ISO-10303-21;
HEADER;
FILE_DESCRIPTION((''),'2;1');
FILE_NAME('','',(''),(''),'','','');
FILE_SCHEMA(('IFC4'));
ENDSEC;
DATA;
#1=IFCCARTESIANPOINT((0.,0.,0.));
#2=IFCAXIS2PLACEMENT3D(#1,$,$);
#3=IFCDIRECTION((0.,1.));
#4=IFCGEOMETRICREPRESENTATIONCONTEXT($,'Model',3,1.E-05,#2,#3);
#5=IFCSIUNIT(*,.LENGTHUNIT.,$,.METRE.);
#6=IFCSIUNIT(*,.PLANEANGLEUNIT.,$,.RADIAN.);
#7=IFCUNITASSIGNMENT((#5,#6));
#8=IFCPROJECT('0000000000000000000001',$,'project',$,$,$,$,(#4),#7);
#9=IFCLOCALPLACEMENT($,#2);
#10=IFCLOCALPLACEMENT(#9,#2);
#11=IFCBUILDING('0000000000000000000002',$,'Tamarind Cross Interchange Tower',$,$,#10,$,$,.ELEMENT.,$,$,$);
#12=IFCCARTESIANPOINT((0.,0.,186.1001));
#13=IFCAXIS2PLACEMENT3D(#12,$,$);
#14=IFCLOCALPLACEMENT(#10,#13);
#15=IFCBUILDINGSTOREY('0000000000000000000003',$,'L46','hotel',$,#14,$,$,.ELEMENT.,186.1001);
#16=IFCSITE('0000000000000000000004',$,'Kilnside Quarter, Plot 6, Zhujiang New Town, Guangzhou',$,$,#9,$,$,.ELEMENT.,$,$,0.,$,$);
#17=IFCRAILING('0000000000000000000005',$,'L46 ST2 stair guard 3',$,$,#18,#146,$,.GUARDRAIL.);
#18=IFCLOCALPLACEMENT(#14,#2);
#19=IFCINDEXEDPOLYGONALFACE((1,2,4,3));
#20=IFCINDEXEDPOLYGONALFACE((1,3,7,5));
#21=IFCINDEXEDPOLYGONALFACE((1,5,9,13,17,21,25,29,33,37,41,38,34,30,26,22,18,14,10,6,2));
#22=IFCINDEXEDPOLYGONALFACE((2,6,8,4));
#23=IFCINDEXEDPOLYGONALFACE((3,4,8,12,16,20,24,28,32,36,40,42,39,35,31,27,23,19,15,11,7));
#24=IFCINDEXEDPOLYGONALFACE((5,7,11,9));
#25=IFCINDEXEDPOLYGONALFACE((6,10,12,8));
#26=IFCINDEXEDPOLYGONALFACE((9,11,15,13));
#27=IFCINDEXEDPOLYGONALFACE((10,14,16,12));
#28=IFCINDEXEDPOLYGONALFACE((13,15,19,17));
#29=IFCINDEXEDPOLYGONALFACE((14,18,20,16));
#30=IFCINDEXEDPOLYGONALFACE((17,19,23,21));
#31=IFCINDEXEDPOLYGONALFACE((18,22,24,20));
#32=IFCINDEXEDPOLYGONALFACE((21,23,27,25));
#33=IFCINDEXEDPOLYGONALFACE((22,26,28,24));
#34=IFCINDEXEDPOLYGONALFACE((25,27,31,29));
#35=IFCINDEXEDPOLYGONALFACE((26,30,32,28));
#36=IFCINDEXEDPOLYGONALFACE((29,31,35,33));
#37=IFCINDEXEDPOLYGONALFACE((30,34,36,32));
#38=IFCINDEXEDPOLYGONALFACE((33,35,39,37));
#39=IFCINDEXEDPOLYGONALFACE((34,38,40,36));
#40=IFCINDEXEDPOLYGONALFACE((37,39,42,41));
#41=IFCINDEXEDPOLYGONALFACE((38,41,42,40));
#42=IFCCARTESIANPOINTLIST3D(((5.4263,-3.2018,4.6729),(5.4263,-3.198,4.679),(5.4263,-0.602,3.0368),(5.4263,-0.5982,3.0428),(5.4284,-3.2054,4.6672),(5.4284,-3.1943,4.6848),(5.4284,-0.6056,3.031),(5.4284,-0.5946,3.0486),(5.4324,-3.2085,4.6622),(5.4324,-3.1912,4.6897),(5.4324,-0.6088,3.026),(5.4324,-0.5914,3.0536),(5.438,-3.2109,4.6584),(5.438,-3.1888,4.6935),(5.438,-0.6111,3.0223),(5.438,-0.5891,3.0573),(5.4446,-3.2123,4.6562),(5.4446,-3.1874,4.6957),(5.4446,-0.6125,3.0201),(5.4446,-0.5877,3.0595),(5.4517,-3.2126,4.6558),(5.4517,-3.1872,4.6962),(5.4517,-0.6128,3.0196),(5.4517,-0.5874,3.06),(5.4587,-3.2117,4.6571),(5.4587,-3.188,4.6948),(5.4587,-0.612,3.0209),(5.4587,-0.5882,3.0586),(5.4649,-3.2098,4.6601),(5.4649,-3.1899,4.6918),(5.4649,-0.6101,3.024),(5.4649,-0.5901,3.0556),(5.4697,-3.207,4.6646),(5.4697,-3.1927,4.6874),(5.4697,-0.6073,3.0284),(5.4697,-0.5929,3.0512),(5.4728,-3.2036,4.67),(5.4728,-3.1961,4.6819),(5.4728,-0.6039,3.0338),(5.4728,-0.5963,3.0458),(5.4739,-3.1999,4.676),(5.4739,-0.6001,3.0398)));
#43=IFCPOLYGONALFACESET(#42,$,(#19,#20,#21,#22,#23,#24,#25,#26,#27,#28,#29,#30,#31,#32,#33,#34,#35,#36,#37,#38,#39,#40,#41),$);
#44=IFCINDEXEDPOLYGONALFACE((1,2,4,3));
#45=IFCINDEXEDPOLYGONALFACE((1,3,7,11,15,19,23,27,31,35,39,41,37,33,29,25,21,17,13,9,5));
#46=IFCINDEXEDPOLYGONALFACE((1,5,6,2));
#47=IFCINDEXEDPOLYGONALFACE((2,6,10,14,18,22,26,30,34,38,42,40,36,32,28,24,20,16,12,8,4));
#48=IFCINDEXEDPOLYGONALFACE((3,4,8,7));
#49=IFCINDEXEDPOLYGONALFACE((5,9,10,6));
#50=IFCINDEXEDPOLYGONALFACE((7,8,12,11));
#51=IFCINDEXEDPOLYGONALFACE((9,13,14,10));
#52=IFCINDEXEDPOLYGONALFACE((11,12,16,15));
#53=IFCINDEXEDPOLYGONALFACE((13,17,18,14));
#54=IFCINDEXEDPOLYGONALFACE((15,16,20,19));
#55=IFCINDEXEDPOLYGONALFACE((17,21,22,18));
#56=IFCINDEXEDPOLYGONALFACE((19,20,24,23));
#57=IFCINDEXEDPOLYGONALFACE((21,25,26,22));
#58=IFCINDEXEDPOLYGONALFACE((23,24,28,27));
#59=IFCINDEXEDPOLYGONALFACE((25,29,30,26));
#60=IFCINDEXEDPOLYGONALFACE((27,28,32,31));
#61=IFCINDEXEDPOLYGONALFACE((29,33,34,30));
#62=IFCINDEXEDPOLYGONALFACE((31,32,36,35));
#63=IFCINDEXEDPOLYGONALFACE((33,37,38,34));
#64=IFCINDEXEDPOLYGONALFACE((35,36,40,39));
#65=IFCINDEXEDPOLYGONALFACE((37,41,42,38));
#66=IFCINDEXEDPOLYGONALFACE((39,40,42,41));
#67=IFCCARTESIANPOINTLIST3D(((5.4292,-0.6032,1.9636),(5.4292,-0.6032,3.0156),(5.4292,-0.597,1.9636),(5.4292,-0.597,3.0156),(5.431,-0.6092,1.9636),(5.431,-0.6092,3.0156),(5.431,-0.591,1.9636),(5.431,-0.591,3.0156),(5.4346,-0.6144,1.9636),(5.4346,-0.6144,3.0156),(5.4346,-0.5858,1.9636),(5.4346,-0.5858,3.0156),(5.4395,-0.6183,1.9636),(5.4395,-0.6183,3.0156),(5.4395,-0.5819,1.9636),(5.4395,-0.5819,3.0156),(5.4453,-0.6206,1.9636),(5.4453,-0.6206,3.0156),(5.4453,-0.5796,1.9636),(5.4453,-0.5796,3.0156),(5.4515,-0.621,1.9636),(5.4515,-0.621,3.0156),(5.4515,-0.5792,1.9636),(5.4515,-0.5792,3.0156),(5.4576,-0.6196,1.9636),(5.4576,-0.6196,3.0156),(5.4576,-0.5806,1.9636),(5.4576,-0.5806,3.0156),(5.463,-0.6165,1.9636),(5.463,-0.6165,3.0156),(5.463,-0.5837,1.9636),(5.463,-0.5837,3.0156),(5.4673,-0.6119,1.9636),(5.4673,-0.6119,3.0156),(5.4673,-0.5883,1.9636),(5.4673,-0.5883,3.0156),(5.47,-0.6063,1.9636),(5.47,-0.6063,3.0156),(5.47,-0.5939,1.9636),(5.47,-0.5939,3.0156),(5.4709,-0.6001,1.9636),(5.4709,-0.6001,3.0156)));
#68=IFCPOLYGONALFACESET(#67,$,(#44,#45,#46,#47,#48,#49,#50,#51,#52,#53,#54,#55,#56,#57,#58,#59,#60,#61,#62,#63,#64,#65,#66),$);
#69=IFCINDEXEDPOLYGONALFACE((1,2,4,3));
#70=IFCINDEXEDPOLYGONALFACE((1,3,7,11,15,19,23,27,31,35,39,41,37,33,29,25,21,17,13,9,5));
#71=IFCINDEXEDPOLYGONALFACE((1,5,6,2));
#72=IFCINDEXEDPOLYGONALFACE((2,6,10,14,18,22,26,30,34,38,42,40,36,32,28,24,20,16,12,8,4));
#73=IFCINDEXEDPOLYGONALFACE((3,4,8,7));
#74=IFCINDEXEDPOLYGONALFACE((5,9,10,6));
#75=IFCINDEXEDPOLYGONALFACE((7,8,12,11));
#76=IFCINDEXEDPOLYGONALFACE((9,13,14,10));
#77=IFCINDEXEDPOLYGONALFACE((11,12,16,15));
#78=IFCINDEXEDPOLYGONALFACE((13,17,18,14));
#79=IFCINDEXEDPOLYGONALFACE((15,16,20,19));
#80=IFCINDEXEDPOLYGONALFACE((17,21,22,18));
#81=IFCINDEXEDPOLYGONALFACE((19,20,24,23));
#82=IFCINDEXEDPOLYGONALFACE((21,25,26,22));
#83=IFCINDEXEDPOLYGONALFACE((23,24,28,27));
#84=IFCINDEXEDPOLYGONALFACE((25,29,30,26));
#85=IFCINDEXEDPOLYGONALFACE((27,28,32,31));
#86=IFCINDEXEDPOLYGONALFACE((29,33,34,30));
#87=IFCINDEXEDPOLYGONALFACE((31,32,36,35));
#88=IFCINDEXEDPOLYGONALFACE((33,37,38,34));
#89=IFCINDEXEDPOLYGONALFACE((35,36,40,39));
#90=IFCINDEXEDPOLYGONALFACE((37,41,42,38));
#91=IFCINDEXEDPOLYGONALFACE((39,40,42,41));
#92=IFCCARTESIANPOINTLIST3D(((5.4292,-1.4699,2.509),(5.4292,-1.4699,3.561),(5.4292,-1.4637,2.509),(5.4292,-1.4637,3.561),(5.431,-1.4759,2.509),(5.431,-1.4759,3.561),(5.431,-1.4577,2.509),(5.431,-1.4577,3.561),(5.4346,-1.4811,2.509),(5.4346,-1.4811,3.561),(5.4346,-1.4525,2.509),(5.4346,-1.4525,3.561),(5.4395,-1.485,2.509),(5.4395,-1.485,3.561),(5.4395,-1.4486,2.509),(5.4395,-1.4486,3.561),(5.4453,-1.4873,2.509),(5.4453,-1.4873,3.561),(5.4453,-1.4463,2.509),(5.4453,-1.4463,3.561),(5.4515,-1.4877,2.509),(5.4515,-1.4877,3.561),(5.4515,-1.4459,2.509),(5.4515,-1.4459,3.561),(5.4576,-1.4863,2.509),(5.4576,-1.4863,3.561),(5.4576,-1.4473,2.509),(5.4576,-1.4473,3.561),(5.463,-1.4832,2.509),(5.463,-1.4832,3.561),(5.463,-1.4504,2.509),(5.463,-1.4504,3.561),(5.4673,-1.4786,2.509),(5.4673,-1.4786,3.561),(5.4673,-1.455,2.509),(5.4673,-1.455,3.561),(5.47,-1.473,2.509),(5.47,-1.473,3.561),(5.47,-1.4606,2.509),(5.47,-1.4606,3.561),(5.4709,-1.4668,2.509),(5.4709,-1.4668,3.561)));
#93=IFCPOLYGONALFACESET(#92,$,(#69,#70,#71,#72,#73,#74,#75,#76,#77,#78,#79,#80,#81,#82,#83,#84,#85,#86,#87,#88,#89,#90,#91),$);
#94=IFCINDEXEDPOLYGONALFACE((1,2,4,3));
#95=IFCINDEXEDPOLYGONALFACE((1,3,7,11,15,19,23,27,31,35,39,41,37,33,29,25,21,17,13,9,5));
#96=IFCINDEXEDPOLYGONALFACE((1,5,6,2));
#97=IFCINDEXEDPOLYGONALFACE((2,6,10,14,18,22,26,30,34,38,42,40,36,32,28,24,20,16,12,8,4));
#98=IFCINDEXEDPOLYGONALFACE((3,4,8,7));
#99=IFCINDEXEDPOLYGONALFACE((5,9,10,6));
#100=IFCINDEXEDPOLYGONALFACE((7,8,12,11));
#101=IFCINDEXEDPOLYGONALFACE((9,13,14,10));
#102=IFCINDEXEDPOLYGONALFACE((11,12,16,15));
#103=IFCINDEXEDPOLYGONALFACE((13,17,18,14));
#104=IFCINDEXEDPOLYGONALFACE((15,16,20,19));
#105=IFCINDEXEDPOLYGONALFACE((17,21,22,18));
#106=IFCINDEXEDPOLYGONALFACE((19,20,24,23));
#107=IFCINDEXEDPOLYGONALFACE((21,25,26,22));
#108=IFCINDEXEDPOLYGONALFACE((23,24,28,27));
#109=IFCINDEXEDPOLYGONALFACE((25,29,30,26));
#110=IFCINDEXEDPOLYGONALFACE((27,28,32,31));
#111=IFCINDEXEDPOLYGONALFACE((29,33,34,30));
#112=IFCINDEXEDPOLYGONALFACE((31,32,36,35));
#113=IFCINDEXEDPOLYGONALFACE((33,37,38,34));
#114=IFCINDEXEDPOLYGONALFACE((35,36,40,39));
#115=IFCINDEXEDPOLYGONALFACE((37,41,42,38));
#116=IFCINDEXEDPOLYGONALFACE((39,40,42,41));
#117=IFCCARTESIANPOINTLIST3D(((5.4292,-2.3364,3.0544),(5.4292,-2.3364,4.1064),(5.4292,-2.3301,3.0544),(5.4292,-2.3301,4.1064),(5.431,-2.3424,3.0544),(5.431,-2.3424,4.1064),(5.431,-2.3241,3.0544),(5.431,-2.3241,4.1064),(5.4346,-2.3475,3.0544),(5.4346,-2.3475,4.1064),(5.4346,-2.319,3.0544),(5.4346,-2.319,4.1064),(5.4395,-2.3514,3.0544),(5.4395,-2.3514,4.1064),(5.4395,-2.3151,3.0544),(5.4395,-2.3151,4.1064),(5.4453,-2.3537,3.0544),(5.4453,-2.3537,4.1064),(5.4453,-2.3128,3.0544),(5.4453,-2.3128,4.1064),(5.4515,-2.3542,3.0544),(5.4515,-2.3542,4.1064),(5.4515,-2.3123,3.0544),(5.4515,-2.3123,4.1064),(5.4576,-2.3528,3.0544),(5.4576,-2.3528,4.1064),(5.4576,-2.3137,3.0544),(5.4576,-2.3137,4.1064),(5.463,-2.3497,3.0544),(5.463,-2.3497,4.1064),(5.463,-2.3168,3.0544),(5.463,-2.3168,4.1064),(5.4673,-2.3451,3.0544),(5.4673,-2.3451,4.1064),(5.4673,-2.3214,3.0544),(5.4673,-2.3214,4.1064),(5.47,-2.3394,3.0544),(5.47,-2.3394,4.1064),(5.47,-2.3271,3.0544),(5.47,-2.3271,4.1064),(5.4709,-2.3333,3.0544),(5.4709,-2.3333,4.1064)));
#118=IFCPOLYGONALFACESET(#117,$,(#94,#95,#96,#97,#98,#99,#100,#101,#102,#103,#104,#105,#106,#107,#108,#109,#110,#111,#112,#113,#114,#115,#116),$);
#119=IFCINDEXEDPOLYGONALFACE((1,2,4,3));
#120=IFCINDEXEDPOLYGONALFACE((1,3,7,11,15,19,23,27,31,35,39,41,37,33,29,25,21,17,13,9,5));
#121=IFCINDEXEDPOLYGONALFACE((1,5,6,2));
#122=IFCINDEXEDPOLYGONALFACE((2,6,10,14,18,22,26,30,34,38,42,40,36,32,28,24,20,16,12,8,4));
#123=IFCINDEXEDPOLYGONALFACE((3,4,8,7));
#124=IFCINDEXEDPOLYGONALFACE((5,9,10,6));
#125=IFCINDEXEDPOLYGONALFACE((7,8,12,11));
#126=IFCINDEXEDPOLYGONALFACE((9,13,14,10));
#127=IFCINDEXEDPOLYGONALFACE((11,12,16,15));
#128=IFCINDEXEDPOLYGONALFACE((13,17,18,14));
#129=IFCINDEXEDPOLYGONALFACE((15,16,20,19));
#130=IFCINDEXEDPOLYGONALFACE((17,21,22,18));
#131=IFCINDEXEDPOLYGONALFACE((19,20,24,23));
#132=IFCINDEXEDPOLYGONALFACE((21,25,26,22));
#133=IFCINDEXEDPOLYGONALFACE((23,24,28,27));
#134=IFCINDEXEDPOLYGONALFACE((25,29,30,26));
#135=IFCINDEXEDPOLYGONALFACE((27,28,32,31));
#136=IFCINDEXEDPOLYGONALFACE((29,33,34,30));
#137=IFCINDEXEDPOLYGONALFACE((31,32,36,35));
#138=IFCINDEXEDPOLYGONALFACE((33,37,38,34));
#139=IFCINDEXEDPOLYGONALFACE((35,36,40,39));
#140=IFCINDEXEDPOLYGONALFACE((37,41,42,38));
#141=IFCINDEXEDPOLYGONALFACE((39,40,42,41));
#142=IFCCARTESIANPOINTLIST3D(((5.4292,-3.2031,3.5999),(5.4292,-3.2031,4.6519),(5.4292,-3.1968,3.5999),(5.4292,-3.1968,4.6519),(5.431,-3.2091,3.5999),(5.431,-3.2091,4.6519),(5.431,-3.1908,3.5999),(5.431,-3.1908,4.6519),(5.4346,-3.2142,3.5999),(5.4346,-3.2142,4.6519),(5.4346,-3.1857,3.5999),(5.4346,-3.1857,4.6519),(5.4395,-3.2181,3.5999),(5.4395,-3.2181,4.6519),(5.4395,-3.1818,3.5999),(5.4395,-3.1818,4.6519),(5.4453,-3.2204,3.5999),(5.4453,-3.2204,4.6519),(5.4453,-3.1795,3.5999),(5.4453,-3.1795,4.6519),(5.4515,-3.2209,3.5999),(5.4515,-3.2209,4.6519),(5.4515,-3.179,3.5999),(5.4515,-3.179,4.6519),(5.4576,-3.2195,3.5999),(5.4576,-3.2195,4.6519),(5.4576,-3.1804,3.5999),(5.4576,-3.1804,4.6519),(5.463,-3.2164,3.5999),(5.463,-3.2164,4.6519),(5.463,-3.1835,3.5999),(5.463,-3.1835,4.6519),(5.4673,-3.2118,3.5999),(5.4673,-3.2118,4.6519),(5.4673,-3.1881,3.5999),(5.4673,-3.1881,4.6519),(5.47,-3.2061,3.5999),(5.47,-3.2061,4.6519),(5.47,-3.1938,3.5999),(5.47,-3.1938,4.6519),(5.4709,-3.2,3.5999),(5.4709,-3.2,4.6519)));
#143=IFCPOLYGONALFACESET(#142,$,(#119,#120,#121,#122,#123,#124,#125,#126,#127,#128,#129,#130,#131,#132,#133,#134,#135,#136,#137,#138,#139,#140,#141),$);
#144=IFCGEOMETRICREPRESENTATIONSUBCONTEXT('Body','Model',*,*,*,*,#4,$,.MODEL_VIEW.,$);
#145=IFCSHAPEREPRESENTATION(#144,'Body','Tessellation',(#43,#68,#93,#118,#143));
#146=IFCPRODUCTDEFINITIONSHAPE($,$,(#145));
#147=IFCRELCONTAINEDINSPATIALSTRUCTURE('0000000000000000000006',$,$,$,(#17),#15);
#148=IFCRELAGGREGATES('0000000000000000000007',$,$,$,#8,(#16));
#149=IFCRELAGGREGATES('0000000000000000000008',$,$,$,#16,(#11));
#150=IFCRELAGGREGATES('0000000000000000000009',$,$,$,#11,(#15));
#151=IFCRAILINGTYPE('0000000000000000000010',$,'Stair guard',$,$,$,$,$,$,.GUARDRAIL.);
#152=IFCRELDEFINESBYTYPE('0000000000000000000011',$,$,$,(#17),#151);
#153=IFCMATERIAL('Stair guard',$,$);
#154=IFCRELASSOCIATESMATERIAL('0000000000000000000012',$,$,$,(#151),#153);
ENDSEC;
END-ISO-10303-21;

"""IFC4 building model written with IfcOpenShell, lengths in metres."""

from ifc_helpers import new_model, si_unit, direction, frame, origin, origin_2d, place, context, subcontext, project, spatial, circle, extrude, material, type_object, element, save


model = new_model("IFC4")

# Units and contexts
model_context = context("Model", 3, precision=1e-05, world=origin(), true_north=direction((0.0, 1.0)))
body_context = subcontext(model_context, "Body", "Model", "MODEL_VIEW")
ifc_project = project(units=[si_unit("LENGTHUNIT", "METRE"), si_unit("PLANEANGLEUNIT", "RADIAN")], contexts=[model_context])

# Site, building, storey
site_placement = place(None, origin())
site = spatial("IfcSite", under=ifc_project, at=site_placement, Name="Kilnside Quarter, Plot 6, Zhujiang New Town, Guangzhou", CompositionType="ELEMENT", RefElevation=0.0)
building_placement = place(site_placement, origin())
building = spatial("IfcBuilding", under=site, at=building_placement, Name="Tamarind Cross Interchange Tower", CompositionType="ELEMENT")
storey_placement = place(building_placement, frame((0.0, 0.0, 186.1001)))
storey = spatial("IfcBuildingStorey", under=building, at=storey_placement, Name="L46", Description="hotel", CompositionType="ELEMENT", Elevation=186.1001)

# Railing
ifc_material_1 = material(Name="Stair guard")
railing_type_1 = type_object("IfcRailingType", Name="Stair guard", PredefinedType="GUARDRAIL", material=ifc_material_1)
railing_1_placement = place(storey_placement, frame((5.45, -0.6001, 1.9636)))
element("IfcRailing", 1, at=railing_1_placement, inside=storey, type_object=railing_type_1, Name="L46 ST2 stair guard 3", PredefinedType="GUARDRAIL", context=body_context, shape_type="SweptSolid", body=[
    extrude(circle(Radius=0.0239, at=origin_2d()), frame((0.0, 0.0, 1.0762), z_axis=(0.0, -0.846338, 0.532647), x_axis=(1.0, 0.0, 0.0)), (0.0, 0.0, 1.0), 3.0718),
    extrude(circle(Radius=0.021, at=origin_2d()), origin(), (0.0, 0.0, 1.0), 1.052),
    extrude(circle(Radius=0.021, at=origin_2d()), frame((0.0, -0.8667, 0.5454)), (0.0, 0.0, 1.0), 1.052),
    extrude(circle(Radius=0.021, at=origin_2d()), frame((0.0, -1.7332, 1.0908)), (0.0, 0.0, 1.0), 1.052),
    extrude(circle(Radius=0.021, at=origin_2d()), frame((0.0, -2.5999, 1.6362)), (0.0, 0.0, 1.0), 1.052),
])

save(model, "model.ifc")
